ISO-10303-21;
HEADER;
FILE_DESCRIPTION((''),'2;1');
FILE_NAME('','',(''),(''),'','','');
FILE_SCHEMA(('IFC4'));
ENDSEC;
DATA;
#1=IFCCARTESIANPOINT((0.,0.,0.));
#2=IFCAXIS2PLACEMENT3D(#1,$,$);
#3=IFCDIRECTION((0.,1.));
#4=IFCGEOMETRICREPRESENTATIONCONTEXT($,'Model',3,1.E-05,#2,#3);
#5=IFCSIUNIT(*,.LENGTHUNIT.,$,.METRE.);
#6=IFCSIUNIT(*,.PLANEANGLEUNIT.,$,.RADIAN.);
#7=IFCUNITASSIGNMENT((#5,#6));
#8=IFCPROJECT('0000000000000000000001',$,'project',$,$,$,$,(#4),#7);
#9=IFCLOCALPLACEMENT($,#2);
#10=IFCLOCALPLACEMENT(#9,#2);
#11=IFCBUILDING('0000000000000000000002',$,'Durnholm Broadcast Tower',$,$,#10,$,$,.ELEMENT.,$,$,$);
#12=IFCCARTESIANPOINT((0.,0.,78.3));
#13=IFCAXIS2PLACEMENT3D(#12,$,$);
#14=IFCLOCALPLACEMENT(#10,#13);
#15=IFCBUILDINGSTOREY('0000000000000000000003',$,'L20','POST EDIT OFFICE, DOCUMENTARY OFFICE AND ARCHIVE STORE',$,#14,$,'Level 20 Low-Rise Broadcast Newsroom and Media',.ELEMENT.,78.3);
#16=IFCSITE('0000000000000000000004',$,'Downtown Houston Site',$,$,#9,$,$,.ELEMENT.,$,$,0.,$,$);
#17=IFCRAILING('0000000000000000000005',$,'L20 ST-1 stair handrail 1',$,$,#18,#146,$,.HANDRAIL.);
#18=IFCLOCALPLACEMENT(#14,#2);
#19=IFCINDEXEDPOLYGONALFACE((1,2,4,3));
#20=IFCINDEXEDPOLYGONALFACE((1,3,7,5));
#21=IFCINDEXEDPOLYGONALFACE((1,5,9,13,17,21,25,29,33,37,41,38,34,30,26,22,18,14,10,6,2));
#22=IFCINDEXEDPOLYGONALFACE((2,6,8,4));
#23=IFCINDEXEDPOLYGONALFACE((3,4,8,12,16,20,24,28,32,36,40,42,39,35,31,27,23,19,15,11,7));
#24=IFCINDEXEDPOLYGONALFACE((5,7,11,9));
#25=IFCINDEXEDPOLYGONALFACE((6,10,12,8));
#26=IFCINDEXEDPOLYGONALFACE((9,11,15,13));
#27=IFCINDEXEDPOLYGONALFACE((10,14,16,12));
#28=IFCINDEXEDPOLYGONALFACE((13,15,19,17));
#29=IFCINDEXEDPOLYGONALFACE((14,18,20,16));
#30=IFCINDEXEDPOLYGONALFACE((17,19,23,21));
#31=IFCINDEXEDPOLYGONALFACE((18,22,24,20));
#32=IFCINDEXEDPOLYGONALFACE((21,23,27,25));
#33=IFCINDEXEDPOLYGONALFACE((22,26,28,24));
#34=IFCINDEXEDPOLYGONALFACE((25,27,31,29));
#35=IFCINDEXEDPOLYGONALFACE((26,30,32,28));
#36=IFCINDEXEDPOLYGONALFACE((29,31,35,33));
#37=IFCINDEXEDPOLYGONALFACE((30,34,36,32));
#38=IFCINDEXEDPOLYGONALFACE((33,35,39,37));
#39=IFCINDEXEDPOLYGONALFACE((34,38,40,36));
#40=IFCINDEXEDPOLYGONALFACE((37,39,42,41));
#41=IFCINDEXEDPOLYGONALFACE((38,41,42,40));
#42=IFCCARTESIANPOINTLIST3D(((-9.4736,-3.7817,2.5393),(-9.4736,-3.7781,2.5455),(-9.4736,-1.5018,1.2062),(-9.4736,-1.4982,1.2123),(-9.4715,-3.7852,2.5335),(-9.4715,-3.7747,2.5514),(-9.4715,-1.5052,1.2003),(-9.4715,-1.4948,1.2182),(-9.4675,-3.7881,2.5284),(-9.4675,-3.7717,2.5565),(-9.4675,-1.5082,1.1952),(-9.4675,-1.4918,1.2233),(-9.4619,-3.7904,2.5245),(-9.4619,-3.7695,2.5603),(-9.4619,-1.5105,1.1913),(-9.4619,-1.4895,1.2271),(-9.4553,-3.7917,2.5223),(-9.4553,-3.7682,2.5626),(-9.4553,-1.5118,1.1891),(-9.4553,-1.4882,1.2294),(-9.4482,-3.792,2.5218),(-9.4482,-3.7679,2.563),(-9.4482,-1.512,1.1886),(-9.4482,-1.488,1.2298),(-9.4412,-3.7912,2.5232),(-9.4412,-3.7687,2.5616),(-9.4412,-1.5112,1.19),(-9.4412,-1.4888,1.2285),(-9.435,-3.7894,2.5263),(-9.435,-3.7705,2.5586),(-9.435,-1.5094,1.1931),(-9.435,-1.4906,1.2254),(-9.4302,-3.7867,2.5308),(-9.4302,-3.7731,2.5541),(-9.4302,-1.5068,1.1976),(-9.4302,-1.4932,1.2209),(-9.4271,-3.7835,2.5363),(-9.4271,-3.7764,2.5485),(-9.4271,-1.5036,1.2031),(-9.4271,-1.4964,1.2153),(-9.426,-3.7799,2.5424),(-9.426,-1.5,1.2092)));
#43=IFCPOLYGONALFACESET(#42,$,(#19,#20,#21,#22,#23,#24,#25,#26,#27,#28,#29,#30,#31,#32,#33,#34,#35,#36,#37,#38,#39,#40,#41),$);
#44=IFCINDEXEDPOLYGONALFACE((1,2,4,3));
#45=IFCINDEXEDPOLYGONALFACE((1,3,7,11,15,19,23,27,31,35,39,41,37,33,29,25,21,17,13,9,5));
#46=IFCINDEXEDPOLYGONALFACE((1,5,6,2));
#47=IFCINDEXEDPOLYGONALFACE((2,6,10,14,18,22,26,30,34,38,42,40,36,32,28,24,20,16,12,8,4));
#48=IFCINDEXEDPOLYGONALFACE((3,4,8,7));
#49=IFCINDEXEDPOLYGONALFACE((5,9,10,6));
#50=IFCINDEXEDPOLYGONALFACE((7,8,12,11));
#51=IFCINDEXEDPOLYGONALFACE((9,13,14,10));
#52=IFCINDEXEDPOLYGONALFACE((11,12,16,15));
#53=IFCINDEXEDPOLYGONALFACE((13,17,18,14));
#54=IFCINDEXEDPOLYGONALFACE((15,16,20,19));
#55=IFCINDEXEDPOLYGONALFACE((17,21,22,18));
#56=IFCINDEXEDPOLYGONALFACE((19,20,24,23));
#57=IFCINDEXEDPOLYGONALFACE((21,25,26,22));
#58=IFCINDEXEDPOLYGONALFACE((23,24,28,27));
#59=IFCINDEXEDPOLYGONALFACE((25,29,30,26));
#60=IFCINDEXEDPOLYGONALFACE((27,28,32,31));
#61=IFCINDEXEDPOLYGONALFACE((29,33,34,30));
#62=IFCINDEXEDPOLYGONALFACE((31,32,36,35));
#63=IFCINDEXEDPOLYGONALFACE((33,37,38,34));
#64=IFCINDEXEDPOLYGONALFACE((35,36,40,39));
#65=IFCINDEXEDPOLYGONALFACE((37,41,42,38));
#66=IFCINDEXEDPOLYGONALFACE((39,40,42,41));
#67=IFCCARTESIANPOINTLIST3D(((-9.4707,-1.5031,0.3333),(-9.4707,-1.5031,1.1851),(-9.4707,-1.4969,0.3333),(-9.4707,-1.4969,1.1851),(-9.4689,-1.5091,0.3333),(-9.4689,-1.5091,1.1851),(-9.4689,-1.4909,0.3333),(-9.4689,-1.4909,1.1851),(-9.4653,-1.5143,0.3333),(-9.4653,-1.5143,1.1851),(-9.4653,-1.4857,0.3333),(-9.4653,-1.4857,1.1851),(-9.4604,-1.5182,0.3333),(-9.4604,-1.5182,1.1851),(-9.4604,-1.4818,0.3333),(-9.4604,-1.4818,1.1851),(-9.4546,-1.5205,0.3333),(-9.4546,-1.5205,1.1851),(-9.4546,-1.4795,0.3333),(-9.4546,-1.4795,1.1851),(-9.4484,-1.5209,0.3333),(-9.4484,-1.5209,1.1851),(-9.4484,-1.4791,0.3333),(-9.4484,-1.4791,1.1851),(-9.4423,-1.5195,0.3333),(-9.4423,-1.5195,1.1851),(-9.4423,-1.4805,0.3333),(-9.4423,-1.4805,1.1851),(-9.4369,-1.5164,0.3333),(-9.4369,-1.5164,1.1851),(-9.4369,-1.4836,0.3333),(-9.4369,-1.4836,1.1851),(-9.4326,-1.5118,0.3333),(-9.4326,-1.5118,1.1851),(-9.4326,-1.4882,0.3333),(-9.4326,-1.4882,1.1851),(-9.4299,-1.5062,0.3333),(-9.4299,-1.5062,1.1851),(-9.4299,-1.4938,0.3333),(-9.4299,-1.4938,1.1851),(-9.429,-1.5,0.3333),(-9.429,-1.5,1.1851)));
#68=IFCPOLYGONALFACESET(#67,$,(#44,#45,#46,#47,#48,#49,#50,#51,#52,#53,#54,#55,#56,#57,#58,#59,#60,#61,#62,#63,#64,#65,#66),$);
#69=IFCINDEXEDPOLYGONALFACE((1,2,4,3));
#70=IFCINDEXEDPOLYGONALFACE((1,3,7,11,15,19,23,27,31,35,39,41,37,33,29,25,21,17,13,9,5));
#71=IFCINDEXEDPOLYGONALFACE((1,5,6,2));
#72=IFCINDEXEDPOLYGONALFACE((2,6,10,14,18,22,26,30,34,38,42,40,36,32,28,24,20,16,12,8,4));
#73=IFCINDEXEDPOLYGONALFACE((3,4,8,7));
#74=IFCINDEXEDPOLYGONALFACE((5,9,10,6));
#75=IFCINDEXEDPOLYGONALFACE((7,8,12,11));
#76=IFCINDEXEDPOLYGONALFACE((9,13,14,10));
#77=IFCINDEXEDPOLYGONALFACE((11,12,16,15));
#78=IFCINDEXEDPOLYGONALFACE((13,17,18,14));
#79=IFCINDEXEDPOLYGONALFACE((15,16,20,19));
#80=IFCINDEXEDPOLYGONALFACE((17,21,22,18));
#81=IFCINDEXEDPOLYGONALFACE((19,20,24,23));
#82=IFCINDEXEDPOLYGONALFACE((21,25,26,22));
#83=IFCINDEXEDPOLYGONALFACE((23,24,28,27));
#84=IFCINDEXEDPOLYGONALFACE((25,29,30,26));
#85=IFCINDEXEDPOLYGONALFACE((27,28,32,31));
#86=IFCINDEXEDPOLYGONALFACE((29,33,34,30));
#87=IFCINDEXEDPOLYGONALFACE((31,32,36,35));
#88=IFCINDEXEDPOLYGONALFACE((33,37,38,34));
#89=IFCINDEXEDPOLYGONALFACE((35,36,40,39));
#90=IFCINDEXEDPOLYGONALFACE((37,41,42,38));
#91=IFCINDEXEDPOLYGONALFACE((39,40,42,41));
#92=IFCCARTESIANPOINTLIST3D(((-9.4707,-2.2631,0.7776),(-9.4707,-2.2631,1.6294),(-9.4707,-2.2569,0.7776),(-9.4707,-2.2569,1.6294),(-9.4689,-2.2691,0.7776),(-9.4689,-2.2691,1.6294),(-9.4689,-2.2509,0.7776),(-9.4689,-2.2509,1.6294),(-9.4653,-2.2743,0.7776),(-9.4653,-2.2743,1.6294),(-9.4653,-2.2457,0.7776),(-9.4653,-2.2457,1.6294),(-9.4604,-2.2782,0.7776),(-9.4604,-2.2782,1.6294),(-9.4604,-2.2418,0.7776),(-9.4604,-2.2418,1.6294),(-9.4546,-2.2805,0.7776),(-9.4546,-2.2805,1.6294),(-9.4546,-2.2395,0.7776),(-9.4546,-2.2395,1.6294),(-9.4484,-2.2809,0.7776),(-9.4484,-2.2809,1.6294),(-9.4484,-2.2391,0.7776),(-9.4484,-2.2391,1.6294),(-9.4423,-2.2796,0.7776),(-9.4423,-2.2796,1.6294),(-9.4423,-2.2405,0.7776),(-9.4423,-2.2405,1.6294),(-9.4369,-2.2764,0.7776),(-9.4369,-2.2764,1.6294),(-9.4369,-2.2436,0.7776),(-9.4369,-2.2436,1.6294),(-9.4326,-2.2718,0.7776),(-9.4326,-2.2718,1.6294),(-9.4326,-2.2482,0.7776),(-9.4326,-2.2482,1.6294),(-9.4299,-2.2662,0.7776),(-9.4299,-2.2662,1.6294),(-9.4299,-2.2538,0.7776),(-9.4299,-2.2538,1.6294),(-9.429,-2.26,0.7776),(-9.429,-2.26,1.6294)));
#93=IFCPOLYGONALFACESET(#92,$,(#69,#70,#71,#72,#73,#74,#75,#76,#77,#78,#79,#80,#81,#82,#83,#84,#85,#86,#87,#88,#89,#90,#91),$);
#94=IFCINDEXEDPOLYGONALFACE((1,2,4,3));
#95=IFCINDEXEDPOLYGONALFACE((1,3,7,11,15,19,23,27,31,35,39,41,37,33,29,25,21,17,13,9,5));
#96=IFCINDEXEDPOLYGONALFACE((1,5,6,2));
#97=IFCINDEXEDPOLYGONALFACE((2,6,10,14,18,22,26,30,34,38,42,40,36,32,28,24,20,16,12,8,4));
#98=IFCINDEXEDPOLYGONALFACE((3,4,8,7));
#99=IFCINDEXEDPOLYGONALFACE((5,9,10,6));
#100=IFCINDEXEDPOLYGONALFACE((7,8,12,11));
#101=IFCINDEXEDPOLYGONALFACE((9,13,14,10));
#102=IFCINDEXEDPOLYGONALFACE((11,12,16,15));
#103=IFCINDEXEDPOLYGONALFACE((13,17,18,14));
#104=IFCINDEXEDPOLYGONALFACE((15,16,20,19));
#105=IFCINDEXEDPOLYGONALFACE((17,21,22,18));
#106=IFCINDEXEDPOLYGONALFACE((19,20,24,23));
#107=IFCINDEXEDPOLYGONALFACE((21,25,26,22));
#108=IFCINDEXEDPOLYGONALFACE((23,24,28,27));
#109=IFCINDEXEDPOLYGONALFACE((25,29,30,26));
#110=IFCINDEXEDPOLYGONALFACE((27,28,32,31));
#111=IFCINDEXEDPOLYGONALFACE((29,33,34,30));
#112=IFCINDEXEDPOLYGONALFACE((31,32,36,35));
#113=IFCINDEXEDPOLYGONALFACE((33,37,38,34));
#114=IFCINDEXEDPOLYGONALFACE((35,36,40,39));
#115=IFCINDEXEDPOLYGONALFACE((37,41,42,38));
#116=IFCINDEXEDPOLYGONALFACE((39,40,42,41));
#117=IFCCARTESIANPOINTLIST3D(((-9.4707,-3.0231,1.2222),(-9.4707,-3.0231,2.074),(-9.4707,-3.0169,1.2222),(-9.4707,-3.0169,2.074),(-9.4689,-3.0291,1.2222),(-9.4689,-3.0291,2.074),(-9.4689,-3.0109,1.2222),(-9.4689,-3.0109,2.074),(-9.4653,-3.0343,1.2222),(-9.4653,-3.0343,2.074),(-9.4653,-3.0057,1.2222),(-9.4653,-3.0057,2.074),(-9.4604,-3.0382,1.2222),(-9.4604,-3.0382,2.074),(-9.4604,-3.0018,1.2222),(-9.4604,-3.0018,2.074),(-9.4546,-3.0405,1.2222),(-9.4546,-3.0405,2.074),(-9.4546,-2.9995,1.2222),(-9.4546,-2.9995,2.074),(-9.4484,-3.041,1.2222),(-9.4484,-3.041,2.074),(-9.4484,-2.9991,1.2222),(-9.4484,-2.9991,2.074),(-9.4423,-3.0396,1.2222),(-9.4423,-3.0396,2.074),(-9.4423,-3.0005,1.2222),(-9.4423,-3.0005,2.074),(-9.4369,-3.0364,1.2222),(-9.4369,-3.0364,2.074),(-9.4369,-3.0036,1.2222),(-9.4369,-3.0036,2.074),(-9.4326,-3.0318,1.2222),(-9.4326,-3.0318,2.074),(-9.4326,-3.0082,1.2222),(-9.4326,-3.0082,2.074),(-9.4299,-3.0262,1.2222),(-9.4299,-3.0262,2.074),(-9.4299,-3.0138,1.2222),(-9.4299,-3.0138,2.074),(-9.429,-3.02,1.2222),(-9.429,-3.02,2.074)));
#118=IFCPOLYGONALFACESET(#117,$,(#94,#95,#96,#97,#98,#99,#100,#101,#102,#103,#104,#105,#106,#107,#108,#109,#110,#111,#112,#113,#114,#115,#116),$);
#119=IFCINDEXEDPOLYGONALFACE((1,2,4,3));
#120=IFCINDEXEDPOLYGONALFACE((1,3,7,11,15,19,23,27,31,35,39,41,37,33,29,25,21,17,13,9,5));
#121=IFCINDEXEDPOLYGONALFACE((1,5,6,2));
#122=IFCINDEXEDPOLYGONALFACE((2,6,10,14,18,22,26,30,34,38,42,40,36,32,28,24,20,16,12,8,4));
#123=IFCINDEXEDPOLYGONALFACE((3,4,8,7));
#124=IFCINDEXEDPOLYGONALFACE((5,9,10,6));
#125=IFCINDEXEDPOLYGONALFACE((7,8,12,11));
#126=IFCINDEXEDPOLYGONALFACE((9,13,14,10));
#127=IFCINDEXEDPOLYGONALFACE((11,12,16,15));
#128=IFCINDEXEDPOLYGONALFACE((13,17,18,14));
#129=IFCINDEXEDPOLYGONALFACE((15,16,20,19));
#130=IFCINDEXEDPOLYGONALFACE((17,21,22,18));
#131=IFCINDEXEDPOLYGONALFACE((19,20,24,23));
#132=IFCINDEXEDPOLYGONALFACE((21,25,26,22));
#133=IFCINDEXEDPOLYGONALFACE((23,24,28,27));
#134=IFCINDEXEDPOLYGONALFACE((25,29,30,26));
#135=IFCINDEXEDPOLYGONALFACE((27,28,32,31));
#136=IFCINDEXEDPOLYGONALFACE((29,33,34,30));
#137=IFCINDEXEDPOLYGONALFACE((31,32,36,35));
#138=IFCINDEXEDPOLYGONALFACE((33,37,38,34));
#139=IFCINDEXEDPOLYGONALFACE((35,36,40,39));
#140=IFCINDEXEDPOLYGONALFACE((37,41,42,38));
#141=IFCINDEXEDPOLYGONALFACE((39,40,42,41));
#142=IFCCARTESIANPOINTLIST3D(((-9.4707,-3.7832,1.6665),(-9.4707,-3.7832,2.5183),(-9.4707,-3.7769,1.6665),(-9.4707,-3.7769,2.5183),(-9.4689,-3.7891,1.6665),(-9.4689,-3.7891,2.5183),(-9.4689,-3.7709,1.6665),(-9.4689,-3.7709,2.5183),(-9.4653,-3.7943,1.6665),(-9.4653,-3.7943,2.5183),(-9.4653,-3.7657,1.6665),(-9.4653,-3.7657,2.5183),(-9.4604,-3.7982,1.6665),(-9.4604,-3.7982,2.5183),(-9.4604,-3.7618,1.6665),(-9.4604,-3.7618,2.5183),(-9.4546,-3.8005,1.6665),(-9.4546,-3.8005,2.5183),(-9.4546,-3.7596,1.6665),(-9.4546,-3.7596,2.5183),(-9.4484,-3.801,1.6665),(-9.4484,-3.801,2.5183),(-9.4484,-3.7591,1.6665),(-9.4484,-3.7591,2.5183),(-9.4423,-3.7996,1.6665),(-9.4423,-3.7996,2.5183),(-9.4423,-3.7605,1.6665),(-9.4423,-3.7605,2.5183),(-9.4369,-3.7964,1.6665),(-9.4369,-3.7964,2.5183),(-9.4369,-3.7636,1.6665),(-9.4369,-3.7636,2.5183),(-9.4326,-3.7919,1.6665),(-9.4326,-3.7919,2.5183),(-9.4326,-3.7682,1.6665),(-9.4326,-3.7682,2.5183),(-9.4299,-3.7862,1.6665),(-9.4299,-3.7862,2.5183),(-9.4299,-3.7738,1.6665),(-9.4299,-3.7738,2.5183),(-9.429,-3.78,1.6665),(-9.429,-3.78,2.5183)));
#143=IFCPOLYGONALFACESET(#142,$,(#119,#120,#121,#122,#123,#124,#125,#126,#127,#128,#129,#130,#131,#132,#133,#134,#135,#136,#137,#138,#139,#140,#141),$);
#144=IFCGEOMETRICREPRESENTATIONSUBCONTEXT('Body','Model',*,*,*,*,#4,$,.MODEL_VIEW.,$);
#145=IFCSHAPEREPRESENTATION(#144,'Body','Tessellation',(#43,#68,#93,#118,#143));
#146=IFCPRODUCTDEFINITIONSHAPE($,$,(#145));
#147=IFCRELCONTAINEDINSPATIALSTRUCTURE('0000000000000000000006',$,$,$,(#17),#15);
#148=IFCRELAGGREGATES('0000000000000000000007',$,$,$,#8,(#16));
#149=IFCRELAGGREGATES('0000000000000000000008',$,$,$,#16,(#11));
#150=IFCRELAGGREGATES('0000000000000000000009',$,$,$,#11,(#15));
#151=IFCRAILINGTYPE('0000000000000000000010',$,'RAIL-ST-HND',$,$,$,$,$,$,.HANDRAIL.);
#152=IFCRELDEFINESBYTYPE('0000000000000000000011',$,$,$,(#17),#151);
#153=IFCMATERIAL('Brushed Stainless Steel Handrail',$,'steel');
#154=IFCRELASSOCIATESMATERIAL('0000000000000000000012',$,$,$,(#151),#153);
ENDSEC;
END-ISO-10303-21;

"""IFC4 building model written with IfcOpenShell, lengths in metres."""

from ifc_helpers import new_model, si_unit, direction, frame, origin, origin_2d, place, context, subcontext, project, spatial, circle, extrude, material, type_object, element, save


model = new_model("IFC4")

# Units and contexts
model_context = context("Model", 3, precision=1e-05, world=origin(), true_north=direction((0.0, 1.0)))
body_context = subcontext(model_context, "Body", "Model", "MODEL_VIEW")
ifc_project = project(units=[si_unit("LENGTHUNIT", "METRE"), si_unit("PLANEANGLEUNIT", "RADIAN")], contexts=[model_context])

# Site, building, storey
site_placement = place(None, origin())
site = spatial("IfcSite", under=ifc_project, at=site_placement, Name="Downtown Houston Site", CompositionType="ELEMENT", RefElevation=0.0)
building_placement = place(site_placement, origin())
building = spatial("IfcBuilding", under=site, at=building_placement, Name="Durnholm Broadcast Tower", CompositionType="ELEMENT")
storey_placement = place(building_placement, frame((0.0, 0.0, 78.3)))
storey = spatial("IfcBuildingStorey", under=building, at=storey_placement, Name="L20", Description="POST EDIT OFFICE, DOCUMENTARY OFFICE AND ARCHIVE STORE", LongName="Level 20 Low-Rise Broadcast Newsroom and Media", CompositionType="ELEMENT", Elevation=78.3)

# Railing
ifc_material_1 = material(Name="Brushed Stainless Steel Handrail", Category="steel")
railing_type_1 = type_object("IfcRailingType", Name="RAIL-ST-HND", PredefinedType="HANDRAIL", material=ifc_material_1)
railing_1_placement = place(storey_placement, frame((-9.45, -1.5, 0.3333)))
element("IfcRailing", 1, at=railing_1_placement, inside=storey, type_object=railing_type_1, Name="L20 ST-1 stair handrail 1", PredefinedType="HANDRAIL", context=body_context, shape_type="SweptSolid", body=[
    extrude(circle(Radius=0.0239, at=origin_2d()), frame((0.0, 0.0, 0.876), z_axis=(0.0, -0.863245, 0.504785), x_axis=(1.0, 0.0, 0.0)), (0.0, 0.0, 1.0), 2.6411),
    extrude(circle(Radius=0.021, at=origin_2d()), origin(), (0.0, 0.0, 1.0), 0.8518),
    extrude(circle(Radius=0.021, at=origin_2d()), frame((0.0, -0.76, 0.4443)), (0.0, 0.0, 1.0), 0.8518),
    extrude(circle(Radius=0.021, at=origin_2d()), frame((0.0, -1.52, 0.8889)), (0.0, 0.0, 1.0), 0.8518),
    extrude(circle(Radius=0.021, at=origin_2d()), frame((0.0, -2.28, 1.3333)), (0.0, 0.0, 1.0), 0.8518),
])

save(model, "model.ifc")
